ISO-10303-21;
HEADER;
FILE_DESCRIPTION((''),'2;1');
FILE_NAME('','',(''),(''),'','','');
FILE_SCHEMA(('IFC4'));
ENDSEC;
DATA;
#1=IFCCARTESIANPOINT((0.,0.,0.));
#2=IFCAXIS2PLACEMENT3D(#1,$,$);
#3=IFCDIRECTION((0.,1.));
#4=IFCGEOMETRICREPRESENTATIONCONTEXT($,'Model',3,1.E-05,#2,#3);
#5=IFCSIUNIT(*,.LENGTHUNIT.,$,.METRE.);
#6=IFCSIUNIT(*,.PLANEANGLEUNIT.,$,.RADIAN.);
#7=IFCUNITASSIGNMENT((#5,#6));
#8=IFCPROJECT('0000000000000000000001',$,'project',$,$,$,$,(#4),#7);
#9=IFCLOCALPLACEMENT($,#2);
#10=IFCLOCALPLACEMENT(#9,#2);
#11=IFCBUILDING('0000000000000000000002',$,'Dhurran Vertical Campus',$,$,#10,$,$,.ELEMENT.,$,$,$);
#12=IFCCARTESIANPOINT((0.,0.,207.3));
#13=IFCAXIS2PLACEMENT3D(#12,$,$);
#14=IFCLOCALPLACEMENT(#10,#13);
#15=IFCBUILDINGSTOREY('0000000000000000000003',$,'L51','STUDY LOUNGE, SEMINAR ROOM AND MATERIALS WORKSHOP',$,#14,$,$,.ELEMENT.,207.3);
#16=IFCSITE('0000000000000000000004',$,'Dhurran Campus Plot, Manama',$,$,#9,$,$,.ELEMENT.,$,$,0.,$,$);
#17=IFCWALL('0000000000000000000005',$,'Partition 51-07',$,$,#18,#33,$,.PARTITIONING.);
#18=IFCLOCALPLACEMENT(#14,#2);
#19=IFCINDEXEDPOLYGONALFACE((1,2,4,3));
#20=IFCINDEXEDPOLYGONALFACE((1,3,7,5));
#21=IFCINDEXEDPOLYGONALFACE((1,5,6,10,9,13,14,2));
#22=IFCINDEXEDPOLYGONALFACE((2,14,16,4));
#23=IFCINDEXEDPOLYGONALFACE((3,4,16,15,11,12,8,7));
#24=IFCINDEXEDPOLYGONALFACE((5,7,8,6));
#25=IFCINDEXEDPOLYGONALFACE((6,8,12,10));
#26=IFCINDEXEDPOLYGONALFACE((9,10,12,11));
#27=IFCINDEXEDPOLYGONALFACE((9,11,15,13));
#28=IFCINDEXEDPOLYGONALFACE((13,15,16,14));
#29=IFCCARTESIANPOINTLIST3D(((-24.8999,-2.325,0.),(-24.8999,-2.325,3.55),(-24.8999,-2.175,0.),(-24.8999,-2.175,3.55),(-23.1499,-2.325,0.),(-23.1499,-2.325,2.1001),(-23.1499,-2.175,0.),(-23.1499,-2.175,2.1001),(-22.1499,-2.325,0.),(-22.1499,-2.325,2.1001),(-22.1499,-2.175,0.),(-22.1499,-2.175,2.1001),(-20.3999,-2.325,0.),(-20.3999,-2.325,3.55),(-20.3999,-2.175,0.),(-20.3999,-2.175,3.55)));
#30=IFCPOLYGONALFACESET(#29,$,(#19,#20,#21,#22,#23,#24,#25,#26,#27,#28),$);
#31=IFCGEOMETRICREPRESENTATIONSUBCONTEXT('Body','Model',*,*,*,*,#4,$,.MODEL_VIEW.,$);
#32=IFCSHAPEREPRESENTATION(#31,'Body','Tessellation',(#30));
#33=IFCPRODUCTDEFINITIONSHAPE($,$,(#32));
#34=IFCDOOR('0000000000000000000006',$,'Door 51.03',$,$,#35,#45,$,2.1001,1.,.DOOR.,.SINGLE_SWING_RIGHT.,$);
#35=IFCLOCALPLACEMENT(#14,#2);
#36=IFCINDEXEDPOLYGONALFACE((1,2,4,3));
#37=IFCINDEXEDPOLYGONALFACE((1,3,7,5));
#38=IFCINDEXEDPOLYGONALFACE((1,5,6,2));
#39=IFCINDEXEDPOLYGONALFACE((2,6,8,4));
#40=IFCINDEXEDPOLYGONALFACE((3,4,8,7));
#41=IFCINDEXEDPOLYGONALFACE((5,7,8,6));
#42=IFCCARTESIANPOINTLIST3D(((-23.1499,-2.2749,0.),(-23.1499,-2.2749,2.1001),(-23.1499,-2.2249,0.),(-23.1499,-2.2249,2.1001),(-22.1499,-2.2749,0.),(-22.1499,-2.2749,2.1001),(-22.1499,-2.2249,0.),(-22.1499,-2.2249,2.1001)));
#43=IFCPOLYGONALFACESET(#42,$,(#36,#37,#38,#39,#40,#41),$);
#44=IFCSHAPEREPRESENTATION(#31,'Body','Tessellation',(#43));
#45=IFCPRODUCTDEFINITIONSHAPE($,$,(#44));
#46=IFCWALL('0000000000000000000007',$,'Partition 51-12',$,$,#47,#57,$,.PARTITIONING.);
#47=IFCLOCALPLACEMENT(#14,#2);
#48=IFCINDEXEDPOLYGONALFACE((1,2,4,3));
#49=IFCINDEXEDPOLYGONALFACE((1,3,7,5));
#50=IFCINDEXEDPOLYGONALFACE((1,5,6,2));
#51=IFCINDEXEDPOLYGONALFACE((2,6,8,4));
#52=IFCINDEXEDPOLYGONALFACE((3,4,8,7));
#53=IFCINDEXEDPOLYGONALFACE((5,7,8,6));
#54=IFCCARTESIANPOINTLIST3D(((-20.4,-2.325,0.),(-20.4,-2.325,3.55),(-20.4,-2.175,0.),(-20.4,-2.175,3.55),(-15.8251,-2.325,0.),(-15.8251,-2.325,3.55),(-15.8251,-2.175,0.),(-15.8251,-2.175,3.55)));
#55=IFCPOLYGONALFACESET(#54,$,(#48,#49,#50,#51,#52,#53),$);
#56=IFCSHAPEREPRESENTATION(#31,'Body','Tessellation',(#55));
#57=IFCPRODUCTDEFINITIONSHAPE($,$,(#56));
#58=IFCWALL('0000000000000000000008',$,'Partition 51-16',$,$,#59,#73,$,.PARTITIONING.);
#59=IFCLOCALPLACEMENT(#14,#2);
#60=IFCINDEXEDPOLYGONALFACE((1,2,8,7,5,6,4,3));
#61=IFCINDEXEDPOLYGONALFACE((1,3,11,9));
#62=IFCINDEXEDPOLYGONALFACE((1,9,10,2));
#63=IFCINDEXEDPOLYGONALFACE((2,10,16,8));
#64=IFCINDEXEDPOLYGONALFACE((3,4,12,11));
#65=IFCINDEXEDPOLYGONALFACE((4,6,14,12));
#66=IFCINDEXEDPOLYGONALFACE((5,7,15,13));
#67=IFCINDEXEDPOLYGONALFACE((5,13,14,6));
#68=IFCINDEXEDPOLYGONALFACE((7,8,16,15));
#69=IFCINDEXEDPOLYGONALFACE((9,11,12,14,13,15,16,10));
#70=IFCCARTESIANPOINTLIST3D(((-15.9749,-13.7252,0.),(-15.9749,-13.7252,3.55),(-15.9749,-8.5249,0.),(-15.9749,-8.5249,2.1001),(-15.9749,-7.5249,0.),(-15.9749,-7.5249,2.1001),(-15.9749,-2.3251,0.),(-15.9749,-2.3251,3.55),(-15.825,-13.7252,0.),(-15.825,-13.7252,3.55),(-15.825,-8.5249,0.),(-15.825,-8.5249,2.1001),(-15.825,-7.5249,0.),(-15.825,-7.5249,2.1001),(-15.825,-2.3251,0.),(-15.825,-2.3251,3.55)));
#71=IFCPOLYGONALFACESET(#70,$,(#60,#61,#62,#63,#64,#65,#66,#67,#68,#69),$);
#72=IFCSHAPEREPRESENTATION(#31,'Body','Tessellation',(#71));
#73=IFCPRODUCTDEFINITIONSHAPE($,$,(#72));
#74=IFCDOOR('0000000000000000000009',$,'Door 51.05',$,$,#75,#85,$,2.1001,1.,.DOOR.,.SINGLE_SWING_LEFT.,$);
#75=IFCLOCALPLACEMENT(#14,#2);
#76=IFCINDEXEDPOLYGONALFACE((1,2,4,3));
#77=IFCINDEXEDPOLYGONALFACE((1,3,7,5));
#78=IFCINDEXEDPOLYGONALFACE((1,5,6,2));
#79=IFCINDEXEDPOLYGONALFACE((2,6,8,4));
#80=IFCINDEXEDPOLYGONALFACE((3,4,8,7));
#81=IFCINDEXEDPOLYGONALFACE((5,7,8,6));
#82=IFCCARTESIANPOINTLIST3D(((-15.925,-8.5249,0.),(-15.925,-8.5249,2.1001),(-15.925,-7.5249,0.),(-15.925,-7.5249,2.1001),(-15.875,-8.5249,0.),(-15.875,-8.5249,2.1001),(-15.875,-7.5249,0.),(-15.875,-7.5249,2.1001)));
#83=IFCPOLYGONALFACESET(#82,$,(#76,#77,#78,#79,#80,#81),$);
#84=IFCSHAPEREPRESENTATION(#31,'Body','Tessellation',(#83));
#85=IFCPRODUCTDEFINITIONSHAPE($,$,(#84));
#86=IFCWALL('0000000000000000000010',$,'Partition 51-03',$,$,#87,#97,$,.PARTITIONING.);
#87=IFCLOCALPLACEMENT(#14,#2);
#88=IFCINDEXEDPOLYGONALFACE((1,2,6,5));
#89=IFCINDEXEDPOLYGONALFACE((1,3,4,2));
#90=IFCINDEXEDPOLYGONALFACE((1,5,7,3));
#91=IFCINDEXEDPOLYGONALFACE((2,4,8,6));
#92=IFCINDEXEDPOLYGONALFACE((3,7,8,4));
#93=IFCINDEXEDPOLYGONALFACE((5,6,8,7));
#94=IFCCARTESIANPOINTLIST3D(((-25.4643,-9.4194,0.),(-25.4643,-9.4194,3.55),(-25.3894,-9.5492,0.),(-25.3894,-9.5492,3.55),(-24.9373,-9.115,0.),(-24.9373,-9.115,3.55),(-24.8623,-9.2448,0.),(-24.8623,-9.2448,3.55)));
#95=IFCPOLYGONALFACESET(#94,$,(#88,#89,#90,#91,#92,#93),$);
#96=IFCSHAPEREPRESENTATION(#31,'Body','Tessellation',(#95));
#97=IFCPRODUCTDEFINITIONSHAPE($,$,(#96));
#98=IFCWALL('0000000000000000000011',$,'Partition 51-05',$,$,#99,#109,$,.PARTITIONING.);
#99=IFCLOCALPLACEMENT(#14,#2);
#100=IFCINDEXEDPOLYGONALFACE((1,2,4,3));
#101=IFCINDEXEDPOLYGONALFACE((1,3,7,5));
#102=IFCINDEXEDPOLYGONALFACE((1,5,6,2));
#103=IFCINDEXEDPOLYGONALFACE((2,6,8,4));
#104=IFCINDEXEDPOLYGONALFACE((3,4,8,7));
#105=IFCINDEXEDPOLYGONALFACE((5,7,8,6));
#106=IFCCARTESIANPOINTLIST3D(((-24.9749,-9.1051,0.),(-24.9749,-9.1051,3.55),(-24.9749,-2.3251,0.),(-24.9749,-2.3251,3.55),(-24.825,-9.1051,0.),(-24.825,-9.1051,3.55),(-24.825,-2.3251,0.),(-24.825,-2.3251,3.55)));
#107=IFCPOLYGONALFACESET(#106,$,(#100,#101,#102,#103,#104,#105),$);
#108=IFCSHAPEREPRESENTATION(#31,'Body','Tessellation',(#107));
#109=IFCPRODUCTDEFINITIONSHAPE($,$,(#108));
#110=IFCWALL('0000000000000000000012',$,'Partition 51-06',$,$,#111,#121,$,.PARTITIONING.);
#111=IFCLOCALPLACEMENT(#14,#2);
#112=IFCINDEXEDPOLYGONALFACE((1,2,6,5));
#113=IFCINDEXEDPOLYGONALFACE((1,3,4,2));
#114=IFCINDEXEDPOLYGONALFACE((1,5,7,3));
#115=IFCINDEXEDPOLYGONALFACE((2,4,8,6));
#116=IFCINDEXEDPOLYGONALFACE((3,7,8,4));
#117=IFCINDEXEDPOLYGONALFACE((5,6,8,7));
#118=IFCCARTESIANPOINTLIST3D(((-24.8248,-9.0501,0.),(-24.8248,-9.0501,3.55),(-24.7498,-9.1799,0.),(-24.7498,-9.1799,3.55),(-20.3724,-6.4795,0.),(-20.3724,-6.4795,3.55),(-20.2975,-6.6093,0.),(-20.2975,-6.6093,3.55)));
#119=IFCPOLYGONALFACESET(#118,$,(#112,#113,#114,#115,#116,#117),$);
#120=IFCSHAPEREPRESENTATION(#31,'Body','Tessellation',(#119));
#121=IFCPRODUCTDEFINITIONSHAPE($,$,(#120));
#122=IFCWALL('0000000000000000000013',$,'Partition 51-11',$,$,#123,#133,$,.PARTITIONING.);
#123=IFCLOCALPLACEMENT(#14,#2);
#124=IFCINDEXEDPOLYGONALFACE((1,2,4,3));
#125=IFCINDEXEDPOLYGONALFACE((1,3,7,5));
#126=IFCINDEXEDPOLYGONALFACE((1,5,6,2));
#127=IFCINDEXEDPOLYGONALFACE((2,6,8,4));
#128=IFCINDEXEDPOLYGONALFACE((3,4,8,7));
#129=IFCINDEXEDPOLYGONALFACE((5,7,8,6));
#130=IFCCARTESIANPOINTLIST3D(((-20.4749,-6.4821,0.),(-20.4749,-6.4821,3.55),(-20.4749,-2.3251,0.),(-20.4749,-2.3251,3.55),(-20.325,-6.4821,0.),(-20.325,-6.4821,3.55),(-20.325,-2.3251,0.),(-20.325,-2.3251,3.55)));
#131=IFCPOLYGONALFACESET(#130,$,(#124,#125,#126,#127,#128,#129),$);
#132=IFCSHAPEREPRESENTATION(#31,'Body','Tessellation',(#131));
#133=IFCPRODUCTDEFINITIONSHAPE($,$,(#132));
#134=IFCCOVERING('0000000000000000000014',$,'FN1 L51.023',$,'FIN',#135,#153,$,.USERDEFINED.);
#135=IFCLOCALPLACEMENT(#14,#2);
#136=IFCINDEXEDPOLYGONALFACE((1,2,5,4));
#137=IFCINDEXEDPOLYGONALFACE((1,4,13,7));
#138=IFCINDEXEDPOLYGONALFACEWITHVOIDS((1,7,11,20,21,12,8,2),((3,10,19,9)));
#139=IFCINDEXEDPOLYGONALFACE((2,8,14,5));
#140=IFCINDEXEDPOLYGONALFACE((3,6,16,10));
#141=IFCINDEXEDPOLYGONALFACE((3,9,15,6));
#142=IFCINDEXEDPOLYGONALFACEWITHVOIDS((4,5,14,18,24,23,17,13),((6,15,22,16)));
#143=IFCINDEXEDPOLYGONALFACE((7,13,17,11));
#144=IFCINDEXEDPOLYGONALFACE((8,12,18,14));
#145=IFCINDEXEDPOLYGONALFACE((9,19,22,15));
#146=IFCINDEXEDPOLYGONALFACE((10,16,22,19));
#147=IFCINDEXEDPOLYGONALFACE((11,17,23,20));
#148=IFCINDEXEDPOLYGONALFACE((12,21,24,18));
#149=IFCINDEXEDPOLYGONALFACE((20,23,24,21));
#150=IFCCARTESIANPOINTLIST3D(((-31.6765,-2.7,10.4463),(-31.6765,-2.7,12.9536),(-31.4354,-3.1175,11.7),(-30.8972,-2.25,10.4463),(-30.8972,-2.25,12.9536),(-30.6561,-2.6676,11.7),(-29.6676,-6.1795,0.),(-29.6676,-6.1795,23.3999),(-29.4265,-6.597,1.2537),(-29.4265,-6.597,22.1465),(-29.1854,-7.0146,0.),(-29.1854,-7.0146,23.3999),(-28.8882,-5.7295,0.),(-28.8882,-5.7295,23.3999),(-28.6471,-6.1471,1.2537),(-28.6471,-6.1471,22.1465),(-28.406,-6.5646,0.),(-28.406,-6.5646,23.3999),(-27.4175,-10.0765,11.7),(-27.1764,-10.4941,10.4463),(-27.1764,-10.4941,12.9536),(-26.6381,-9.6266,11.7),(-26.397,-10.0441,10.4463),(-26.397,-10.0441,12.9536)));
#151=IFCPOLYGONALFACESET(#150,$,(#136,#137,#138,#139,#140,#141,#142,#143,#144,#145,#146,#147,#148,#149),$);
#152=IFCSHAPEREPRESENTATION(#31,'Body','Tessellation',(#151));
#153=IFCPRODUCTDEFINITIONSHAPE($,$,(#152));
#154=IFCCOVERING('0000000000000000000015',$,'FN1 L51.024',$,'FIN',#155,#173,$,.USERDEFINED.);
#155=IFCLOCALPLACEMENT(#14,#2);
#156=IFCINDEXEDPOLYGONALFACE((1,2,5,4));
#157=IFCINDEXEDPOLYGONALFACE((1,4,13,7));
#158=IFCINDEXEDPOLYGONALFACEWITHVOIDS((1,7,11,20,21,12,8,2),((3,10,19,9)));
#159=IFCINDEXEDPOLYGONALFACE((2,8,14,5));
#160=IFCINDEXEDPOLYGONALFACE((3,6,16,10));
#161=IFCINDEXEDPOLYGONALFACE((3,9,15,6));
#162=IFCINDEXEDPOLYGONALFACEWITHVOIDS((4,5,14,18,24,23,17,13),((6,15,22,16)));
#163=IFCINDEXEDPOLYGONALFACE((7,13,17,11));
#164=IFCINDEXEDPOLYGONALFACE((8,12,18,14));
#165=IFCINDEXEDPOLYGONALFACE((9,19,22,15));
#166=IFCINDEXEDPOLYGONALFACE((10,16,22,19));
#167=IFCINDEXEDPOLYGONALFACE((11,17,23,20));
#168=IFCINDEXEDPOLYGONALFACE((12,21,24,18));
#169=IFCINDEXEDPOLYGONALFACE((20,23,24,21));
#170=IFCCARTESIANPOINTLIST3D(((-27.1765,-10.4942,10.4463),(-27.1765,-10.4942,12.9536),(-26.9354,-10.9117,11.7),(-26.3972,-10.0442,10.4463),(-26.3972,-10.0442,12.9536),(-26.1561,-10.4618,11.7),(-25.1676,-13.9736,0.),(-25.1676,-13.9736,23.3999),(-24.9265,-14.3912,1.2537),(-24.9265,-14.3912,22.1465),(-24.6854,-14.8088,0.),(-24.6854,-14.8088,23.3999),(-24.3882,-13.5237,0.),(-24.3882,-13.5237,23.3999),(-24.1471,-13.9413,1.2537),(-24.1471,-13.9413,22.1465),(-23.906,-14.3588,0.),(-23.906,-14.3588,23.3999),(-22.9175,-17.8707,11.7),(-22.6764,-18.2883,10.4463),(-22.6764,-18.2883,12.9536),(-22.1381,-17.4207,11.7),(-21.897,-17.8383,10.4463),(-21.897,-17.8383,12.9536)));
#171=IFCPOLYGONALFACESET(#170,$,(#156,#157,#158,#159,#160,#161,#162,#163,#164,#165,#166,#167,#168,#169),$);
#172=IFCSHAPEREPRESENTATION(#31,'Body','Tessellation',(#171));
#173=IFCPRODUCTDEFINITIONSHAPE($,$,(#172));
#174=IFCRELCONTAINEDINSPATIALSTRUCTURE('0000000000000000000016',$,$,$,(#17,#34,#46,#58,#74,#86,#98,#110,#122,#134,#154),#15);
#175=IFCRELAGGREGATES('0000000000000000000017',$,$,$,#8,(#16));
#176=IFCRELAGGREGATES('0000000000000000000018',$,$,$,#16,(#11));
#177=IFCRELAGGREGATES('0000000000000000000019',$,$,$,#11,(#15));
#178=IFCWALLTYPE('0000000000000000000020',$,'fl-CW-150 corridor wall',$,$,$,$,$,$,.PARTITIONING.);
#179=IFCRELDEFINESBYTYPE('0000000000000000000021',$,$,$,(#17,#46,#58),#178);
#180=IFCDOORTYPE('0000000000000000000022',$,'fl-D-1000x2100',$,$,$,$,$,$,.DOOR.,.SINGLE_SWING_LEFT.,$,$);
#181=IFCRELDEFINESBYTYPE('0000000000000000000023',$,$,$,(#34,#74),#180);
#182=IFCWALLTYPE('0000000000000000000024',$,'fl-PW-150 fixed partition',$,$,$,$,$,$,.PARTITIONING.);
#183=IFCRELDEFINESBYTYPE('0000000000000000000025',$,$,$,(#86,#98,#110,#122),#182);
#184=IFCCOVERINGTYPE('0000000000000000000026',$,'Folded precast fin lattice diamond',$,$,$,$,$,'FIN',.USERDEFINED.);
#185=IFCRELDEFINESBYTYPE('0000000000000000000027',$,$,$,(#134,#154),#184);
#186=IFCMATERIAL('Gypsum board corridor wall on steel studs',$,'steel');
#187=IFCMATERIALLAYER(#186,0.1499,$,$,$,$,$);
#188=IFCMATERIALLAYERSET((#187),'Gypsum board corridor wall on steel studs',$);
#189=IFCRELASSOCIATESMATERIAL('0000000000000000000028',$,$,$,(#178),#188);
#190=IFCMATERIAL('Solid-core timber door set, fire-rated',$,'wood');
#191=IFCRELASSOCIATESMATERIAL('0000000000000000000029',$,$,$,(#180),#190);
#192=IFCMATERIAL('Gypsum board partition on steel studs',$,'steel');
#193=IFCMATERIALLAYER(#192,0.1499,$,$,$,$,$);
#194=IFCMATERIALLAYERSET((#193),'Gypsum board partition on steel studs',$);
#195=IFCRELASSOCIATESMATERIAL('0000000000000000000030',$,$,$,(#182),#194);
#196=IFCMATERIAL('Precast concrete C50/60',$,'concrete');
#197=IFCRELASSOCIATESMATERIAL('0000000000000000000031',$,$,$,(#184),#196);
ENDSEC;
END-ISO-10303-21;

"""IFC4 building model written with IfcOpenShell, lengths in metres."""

from ifc_helpers import new_model, si_unit, direction, frame, frame_2d, origin, place, context, subcontext, project, spatial, polyline, rectangle, outline, extrude, material, layer, layer_set, type_object, element, fill, save


model = new_model("IFC4")

# Units and contexts
model_context = context("Model", 3, precision=1e-05, world=origin(), true_north=direction((0.0, 1.0)))
body_context = subcontext(model_context, "Body", "Model", "MODEL_VIEW")
ifc_project = project(units=[si_unit("LENGTHUNIT", "METRE"), si_unit("PLANEANGLEUNIT", "RADIAN")], contexts=[model_context])

# Site, building, storey
site_placement = place(None, origin())
site = spatial("IfcSite", under=ifc_project, at=site_placement, Name="Dhurran Campus Plot, Manama", CompositionType="ELEMENT", RefElevation=0.0)
building_placement = place(site_placement, origin())
building = spatial("IfcBuilding", under=site, at=building_placement, Name="Dhurran Vertical Campus", CompositionType="ELEMENT")
storey_placement = place(building_placement, frame((0.0, 0.0, 207.3)))
storey = spatial("IfcBuildingStorey", under=building, at=storey_placement, Name="L51", Description="STUDY LOUNGE, SEMINAR ROOM AND MATERIALS WORKSHOP", CompositionType="ELEMENT", Elevation=207.3)

# Wall, opening, door
ifc_material_1 = material(Name="Gypsum board corridor wall on steel studs", Category="steel")
ifc_layer_1 = layer(ifc_material_1, 0.1499)
ifc_layer_set_1 = layer_set([ifc_layer_1], Name="Gypsum board corridor wall on steel studs")
wall_type_1 = type_object("IfcWallType", Name="fl-CW-150 corridor wall", PredefinedType="PARTITIONING", material=ifc_layer_set_1)
ifc_material_2 = material(Name="Solid-core timber door set, fire-rated", Category="wood")
door_type = type_object("IfcDoorType", Name="fl-D-1000x2100", OperationType="SINGLE_SWING_LEFT", PredefinedType="DOOR", material=ifc_material_2)
wall_1_placement = place(storey_placement, frame((-20.3999, -2.25, 0.0), z_axis=(0.0, 0.0, 1.0), x_axis=(-1.0, 0.0, 0.0)))
wall_1 = element("IfcWall", 1, at=wall_1_placement, inside=storey, type_object=wall_type_1, Name="Partition 51-07", PredefinedType="PARTITIONING", context=body_context, shape_type="SweptSolid", body=[
    extrude(rectangle(XDim=4.5, YDim=0.1499, at=frame_2d((2.25, 0.0))), origin(), (0.0, 0.0, 1.0), 3.55),
])
opening_1_placement = place(wall_1_placement, frame((1.75, 0.0, 0.0)))
opening_1 = element("IfcOpeningElement", 2, at=opening_1_placement, cuts=wall_1, PredefinedType="OPENING", context=body_context, shape_type="SweptSolid", body=[
    extrude(rectangle(XDim=1.0, YDim=2.1001, at=frame_2d((0.5, 1.05))), frame((0.0, 0.085, 0.0), z_axis=(0.0, -1.0, 0.0), x_axis=(1.0, 0.0, 0.0)), (0.0, 0.0, 1.0), 0.1699),
])
door_1_placement = place(opening_1_placement, origin())
door_1 = element("IfcDoor", 3, at=door_1_placement, inside=storey, type_object=door_type, Name="Door 51.03", OperationType="SINGLE_SWING_RIGHT", OverallHeight=2.1001, OverallWidth=1.0, PredefinedType="DOOR", context=body_context, shape_type="SweptSolid", body=[
    extrude(rectangle(XDim=1.0, YDim=2.1001, at=frame_2d((0.5, 1.05))), frame((0.0, 0.0249, 0.0), z_axis=(0.0, -1.0, 0.0), x_axis=(1.0, 0.0, 0.0)), (0.0, 0.0, 1.0), 0.05),
])
fill(opening_1, door_1)

# Wall
wall_2_placement = place(storey_placement, frame((-15.825, -2.25, 0.0), z_axis=(0.0, 0.0, 1.0), x_axis=(-1.0, 0.0, 0.0)))
element("IfcWall", 4, at=wall_2_placement, inside=storey, type_object=wall_type_1, Name="Partition 51-12", PredefinedType="PARTITIONING", context=body_context, shape_type="SweptSolid", body=[
    extrude(rectangle(XDim=4.575, YDim=0.1499, at=frame_2d((2.2876, 0.0))), origin(), (0.0, 0.0, 1.0), 3.55),
])

# Wall, opening, door
wall_3_placement = place(storey_placement, frame((-15.8999, -2.325, 0.0), z_axis=(0.0, 0.0, 1.0), x_axis=(0.0, -1.0, 0.0)))
wall_3 = element("IfcWall", 5, at=wall_3_placement, inside=storey, type_object=wall_type_1, Name="Partition 51-16", PredefinedType="PARTITIONING", context=body_context, shape_type="SweptSolid", body=[
    extrude(rectangle(XDim=11.4001, YDim=0.1499, at=frame_2d((5.7002, 0.0))), origin(), (0.0, 0.0, 1.0), 3.55),
])
opening_2_placement = place(wall_3_placement, frame((5.2, 0.0, 0.0)))
opening_2 = element("IfcOpeningElement", 6, at=opening_2_placement, cuts=wall_3, PredefinedType="OPENING", context=body_context, shape_type="SweptSolid", body=[
    extrude(rectangle(XDim=1.0, YDim=2.1001, at=frame_2d((0.5, 1.05))), frame((0.0, 0.085, 0.0), z_axis=(0.0, -1.0, 0.0), x_axis=(1.0, 0.0, 0.0)), (0.0, 0.0, 1.0), 0.1699),
])
door_2_placement = place(opening_2_placement, origin())
door_2 = element("IfcDoor", 7, at=door_2_placement, inside=storey, type_object=door_type, Name="Door 51.05", OperationType="SINGLE_SWING_LEFT", OverallHeight=2.1001, OverallWidth=1.0, PredefinedType="DOOR", context=body_context, shape_type="SweptSolid", body=[
    extrude(rectangle(XDim=1.0, YDim=2.1001, at=frame_2d((0.5, 1.05))), frame((0.0, 0.0249, 0.0), z_axis=(0.0, -1.0, 0.0), x_axis=(1.0, 0.0, 0.0)), (0.0, 0.0, 1.0), 0.05),
])
fill(opening_2, door_2)

# Walls
ifc_material_3 = material(Name="Gypsum board partition on steel studs", Category="steel")
ifc_layer_2 = layer(ifc_material_3, 0.1499)
ifc_layer_set_2 = layer_set([ifc_layer_2], Name="Gypsum board partition on steel studs")
wall_type_2 = type_object("IfcWallType", Name="fl-PW-150 fixed partition", PredefinedType="PARTITIONING", material=ifc_layer_set_2)
wall_4_placement = place(storey_placement, frame((-24.8999, -9.1799, 0.0), z_axis=(0.0, 0.0, 1.0), x_axis=(-0.865938, -0.500151, 0.0)))
element("IfcWall", 8, at=wall_4_placement, inside=storey, type_object=wall_type_2, Name="Partition 51-03", PredefinedType="PARTITIONING", context=body_context, shape_type="SweptSolid", body=[
    extrude(rectangle(XDim=0.6086, YDim=0.1499, at=frame_2d((0.3042, 0.0))), origin(), (0.0, 0.0, 1.0), 3.55),
])
wall_5_placement = place(storey_placement, frame((-24.8999, -2.325, 0.0), z_axis=(0.0, 0.0, 1.0), x_axis=(0.0, -1.0, 0.0)))
element("IfcWall", 9, at=wall_5_placement, inside=storey, type_object=wall_type_2, Name="Partition 51-05", PredefinedType="PARTITIONING", context=body_context, shape_type="SweptSolid", body=[
    extrude(rectangle(XDim=6.78, YDim=0.1499, at=frame_2d((3.3901, 0.0))), origin(), (0.0, 0.0, 1.0), 3.55),
])
wall_6_placement = place(storey_placement, frame((-20.335, -6.5444, 0.0), z_axis=(0.0, 0.0, 1.0), x_axis=(-0.866028, -0.499995, 0.0)))
element("IfcWall", 10, at=wall_6_placement, inside=storey, type_object=wall_type_2, Name="Partition 51-06", PredefinedType="PARTITIONING", context=body_context, shape_type="SweptSolid", body=[
    extrude(rectangle(XDim=5.1411, YDim=0.1499, at=frame_2d((2.5706, 0.0))), origin(), (0.0, 0.0, 1.0), 3.55),
])
wall_7_placement = place(storey_placement, frame((-20.3999, -2.325, 0.0), z_axis=(0.0, 0.0, 1.0), x_axis=(0.0, -1.0, 0.0)))
element("IfcWall", 11, at=wall_7_placement, inside=storey, type_object=wall_type_2, Name="Partition 51-11", PredefinedType="PARTITIONING", context=body_context, shape_type="SweptSolid", body=[
    extrude(rectangle(XDim=4.157, YDim=0.1499, at=frame_2d((2.0786, 0.0))), origin(), (0.0, 0.0, 1.0), 3.55),
])

# Coverings
ifc_material_4 = material(Name="Precast concrete C50/60", Category="concrete")
covering_type = type_object("IfcCoveringType", Name="Folded precast fin lattice diamond", ElementType="FIN", PredefinedType="USERDEFINED", material=ifc_material_4)
for number, where, z_axis, x_axis, name in (
    (12, (-30.8972, -2.25, 0.0), (-0.866014, -0.50002, 0.0), (0.50002, -0.866014, 0.0), "FN1 L51.023"),
    (13, (-26.3972, -10.0442, 0.0), (-0.866014, -0.50002, 0.0), (0.50002, -0.866014, 0.0), "FN1 L51.024"),
):
    element("IfcCovering", number, at=place(storey_placement, frame(where, z_axis=z_axis, x_axis=x_axis)), inside=storey, type_object=covering_type, Name=name, ObjectType="FIN", PredefinedType="USERDEFINED", context=body_context, shape_type="SweptSolid", body=[
        extrude(outline(polyline([(9.0, 12.9536), (9.0, 10.4463), (4.9822, 0.0), (4.0178, 0.0), (0.0, 10.4463), (0.0, 12.9536), (4.0178, 23.3999), (4.9822, 23.3999), (9.0, 12.9536)]), holes=[polyline([(8.5178, 11.7), (4.5, 22.1465), (0.4822, 11.7), (4.5, 1.2537), (8.5178, 11.7)])]), origin(), (0.0, 0.0, 1.0), 0.8999),
    ])

save(model, "model.ifc")
